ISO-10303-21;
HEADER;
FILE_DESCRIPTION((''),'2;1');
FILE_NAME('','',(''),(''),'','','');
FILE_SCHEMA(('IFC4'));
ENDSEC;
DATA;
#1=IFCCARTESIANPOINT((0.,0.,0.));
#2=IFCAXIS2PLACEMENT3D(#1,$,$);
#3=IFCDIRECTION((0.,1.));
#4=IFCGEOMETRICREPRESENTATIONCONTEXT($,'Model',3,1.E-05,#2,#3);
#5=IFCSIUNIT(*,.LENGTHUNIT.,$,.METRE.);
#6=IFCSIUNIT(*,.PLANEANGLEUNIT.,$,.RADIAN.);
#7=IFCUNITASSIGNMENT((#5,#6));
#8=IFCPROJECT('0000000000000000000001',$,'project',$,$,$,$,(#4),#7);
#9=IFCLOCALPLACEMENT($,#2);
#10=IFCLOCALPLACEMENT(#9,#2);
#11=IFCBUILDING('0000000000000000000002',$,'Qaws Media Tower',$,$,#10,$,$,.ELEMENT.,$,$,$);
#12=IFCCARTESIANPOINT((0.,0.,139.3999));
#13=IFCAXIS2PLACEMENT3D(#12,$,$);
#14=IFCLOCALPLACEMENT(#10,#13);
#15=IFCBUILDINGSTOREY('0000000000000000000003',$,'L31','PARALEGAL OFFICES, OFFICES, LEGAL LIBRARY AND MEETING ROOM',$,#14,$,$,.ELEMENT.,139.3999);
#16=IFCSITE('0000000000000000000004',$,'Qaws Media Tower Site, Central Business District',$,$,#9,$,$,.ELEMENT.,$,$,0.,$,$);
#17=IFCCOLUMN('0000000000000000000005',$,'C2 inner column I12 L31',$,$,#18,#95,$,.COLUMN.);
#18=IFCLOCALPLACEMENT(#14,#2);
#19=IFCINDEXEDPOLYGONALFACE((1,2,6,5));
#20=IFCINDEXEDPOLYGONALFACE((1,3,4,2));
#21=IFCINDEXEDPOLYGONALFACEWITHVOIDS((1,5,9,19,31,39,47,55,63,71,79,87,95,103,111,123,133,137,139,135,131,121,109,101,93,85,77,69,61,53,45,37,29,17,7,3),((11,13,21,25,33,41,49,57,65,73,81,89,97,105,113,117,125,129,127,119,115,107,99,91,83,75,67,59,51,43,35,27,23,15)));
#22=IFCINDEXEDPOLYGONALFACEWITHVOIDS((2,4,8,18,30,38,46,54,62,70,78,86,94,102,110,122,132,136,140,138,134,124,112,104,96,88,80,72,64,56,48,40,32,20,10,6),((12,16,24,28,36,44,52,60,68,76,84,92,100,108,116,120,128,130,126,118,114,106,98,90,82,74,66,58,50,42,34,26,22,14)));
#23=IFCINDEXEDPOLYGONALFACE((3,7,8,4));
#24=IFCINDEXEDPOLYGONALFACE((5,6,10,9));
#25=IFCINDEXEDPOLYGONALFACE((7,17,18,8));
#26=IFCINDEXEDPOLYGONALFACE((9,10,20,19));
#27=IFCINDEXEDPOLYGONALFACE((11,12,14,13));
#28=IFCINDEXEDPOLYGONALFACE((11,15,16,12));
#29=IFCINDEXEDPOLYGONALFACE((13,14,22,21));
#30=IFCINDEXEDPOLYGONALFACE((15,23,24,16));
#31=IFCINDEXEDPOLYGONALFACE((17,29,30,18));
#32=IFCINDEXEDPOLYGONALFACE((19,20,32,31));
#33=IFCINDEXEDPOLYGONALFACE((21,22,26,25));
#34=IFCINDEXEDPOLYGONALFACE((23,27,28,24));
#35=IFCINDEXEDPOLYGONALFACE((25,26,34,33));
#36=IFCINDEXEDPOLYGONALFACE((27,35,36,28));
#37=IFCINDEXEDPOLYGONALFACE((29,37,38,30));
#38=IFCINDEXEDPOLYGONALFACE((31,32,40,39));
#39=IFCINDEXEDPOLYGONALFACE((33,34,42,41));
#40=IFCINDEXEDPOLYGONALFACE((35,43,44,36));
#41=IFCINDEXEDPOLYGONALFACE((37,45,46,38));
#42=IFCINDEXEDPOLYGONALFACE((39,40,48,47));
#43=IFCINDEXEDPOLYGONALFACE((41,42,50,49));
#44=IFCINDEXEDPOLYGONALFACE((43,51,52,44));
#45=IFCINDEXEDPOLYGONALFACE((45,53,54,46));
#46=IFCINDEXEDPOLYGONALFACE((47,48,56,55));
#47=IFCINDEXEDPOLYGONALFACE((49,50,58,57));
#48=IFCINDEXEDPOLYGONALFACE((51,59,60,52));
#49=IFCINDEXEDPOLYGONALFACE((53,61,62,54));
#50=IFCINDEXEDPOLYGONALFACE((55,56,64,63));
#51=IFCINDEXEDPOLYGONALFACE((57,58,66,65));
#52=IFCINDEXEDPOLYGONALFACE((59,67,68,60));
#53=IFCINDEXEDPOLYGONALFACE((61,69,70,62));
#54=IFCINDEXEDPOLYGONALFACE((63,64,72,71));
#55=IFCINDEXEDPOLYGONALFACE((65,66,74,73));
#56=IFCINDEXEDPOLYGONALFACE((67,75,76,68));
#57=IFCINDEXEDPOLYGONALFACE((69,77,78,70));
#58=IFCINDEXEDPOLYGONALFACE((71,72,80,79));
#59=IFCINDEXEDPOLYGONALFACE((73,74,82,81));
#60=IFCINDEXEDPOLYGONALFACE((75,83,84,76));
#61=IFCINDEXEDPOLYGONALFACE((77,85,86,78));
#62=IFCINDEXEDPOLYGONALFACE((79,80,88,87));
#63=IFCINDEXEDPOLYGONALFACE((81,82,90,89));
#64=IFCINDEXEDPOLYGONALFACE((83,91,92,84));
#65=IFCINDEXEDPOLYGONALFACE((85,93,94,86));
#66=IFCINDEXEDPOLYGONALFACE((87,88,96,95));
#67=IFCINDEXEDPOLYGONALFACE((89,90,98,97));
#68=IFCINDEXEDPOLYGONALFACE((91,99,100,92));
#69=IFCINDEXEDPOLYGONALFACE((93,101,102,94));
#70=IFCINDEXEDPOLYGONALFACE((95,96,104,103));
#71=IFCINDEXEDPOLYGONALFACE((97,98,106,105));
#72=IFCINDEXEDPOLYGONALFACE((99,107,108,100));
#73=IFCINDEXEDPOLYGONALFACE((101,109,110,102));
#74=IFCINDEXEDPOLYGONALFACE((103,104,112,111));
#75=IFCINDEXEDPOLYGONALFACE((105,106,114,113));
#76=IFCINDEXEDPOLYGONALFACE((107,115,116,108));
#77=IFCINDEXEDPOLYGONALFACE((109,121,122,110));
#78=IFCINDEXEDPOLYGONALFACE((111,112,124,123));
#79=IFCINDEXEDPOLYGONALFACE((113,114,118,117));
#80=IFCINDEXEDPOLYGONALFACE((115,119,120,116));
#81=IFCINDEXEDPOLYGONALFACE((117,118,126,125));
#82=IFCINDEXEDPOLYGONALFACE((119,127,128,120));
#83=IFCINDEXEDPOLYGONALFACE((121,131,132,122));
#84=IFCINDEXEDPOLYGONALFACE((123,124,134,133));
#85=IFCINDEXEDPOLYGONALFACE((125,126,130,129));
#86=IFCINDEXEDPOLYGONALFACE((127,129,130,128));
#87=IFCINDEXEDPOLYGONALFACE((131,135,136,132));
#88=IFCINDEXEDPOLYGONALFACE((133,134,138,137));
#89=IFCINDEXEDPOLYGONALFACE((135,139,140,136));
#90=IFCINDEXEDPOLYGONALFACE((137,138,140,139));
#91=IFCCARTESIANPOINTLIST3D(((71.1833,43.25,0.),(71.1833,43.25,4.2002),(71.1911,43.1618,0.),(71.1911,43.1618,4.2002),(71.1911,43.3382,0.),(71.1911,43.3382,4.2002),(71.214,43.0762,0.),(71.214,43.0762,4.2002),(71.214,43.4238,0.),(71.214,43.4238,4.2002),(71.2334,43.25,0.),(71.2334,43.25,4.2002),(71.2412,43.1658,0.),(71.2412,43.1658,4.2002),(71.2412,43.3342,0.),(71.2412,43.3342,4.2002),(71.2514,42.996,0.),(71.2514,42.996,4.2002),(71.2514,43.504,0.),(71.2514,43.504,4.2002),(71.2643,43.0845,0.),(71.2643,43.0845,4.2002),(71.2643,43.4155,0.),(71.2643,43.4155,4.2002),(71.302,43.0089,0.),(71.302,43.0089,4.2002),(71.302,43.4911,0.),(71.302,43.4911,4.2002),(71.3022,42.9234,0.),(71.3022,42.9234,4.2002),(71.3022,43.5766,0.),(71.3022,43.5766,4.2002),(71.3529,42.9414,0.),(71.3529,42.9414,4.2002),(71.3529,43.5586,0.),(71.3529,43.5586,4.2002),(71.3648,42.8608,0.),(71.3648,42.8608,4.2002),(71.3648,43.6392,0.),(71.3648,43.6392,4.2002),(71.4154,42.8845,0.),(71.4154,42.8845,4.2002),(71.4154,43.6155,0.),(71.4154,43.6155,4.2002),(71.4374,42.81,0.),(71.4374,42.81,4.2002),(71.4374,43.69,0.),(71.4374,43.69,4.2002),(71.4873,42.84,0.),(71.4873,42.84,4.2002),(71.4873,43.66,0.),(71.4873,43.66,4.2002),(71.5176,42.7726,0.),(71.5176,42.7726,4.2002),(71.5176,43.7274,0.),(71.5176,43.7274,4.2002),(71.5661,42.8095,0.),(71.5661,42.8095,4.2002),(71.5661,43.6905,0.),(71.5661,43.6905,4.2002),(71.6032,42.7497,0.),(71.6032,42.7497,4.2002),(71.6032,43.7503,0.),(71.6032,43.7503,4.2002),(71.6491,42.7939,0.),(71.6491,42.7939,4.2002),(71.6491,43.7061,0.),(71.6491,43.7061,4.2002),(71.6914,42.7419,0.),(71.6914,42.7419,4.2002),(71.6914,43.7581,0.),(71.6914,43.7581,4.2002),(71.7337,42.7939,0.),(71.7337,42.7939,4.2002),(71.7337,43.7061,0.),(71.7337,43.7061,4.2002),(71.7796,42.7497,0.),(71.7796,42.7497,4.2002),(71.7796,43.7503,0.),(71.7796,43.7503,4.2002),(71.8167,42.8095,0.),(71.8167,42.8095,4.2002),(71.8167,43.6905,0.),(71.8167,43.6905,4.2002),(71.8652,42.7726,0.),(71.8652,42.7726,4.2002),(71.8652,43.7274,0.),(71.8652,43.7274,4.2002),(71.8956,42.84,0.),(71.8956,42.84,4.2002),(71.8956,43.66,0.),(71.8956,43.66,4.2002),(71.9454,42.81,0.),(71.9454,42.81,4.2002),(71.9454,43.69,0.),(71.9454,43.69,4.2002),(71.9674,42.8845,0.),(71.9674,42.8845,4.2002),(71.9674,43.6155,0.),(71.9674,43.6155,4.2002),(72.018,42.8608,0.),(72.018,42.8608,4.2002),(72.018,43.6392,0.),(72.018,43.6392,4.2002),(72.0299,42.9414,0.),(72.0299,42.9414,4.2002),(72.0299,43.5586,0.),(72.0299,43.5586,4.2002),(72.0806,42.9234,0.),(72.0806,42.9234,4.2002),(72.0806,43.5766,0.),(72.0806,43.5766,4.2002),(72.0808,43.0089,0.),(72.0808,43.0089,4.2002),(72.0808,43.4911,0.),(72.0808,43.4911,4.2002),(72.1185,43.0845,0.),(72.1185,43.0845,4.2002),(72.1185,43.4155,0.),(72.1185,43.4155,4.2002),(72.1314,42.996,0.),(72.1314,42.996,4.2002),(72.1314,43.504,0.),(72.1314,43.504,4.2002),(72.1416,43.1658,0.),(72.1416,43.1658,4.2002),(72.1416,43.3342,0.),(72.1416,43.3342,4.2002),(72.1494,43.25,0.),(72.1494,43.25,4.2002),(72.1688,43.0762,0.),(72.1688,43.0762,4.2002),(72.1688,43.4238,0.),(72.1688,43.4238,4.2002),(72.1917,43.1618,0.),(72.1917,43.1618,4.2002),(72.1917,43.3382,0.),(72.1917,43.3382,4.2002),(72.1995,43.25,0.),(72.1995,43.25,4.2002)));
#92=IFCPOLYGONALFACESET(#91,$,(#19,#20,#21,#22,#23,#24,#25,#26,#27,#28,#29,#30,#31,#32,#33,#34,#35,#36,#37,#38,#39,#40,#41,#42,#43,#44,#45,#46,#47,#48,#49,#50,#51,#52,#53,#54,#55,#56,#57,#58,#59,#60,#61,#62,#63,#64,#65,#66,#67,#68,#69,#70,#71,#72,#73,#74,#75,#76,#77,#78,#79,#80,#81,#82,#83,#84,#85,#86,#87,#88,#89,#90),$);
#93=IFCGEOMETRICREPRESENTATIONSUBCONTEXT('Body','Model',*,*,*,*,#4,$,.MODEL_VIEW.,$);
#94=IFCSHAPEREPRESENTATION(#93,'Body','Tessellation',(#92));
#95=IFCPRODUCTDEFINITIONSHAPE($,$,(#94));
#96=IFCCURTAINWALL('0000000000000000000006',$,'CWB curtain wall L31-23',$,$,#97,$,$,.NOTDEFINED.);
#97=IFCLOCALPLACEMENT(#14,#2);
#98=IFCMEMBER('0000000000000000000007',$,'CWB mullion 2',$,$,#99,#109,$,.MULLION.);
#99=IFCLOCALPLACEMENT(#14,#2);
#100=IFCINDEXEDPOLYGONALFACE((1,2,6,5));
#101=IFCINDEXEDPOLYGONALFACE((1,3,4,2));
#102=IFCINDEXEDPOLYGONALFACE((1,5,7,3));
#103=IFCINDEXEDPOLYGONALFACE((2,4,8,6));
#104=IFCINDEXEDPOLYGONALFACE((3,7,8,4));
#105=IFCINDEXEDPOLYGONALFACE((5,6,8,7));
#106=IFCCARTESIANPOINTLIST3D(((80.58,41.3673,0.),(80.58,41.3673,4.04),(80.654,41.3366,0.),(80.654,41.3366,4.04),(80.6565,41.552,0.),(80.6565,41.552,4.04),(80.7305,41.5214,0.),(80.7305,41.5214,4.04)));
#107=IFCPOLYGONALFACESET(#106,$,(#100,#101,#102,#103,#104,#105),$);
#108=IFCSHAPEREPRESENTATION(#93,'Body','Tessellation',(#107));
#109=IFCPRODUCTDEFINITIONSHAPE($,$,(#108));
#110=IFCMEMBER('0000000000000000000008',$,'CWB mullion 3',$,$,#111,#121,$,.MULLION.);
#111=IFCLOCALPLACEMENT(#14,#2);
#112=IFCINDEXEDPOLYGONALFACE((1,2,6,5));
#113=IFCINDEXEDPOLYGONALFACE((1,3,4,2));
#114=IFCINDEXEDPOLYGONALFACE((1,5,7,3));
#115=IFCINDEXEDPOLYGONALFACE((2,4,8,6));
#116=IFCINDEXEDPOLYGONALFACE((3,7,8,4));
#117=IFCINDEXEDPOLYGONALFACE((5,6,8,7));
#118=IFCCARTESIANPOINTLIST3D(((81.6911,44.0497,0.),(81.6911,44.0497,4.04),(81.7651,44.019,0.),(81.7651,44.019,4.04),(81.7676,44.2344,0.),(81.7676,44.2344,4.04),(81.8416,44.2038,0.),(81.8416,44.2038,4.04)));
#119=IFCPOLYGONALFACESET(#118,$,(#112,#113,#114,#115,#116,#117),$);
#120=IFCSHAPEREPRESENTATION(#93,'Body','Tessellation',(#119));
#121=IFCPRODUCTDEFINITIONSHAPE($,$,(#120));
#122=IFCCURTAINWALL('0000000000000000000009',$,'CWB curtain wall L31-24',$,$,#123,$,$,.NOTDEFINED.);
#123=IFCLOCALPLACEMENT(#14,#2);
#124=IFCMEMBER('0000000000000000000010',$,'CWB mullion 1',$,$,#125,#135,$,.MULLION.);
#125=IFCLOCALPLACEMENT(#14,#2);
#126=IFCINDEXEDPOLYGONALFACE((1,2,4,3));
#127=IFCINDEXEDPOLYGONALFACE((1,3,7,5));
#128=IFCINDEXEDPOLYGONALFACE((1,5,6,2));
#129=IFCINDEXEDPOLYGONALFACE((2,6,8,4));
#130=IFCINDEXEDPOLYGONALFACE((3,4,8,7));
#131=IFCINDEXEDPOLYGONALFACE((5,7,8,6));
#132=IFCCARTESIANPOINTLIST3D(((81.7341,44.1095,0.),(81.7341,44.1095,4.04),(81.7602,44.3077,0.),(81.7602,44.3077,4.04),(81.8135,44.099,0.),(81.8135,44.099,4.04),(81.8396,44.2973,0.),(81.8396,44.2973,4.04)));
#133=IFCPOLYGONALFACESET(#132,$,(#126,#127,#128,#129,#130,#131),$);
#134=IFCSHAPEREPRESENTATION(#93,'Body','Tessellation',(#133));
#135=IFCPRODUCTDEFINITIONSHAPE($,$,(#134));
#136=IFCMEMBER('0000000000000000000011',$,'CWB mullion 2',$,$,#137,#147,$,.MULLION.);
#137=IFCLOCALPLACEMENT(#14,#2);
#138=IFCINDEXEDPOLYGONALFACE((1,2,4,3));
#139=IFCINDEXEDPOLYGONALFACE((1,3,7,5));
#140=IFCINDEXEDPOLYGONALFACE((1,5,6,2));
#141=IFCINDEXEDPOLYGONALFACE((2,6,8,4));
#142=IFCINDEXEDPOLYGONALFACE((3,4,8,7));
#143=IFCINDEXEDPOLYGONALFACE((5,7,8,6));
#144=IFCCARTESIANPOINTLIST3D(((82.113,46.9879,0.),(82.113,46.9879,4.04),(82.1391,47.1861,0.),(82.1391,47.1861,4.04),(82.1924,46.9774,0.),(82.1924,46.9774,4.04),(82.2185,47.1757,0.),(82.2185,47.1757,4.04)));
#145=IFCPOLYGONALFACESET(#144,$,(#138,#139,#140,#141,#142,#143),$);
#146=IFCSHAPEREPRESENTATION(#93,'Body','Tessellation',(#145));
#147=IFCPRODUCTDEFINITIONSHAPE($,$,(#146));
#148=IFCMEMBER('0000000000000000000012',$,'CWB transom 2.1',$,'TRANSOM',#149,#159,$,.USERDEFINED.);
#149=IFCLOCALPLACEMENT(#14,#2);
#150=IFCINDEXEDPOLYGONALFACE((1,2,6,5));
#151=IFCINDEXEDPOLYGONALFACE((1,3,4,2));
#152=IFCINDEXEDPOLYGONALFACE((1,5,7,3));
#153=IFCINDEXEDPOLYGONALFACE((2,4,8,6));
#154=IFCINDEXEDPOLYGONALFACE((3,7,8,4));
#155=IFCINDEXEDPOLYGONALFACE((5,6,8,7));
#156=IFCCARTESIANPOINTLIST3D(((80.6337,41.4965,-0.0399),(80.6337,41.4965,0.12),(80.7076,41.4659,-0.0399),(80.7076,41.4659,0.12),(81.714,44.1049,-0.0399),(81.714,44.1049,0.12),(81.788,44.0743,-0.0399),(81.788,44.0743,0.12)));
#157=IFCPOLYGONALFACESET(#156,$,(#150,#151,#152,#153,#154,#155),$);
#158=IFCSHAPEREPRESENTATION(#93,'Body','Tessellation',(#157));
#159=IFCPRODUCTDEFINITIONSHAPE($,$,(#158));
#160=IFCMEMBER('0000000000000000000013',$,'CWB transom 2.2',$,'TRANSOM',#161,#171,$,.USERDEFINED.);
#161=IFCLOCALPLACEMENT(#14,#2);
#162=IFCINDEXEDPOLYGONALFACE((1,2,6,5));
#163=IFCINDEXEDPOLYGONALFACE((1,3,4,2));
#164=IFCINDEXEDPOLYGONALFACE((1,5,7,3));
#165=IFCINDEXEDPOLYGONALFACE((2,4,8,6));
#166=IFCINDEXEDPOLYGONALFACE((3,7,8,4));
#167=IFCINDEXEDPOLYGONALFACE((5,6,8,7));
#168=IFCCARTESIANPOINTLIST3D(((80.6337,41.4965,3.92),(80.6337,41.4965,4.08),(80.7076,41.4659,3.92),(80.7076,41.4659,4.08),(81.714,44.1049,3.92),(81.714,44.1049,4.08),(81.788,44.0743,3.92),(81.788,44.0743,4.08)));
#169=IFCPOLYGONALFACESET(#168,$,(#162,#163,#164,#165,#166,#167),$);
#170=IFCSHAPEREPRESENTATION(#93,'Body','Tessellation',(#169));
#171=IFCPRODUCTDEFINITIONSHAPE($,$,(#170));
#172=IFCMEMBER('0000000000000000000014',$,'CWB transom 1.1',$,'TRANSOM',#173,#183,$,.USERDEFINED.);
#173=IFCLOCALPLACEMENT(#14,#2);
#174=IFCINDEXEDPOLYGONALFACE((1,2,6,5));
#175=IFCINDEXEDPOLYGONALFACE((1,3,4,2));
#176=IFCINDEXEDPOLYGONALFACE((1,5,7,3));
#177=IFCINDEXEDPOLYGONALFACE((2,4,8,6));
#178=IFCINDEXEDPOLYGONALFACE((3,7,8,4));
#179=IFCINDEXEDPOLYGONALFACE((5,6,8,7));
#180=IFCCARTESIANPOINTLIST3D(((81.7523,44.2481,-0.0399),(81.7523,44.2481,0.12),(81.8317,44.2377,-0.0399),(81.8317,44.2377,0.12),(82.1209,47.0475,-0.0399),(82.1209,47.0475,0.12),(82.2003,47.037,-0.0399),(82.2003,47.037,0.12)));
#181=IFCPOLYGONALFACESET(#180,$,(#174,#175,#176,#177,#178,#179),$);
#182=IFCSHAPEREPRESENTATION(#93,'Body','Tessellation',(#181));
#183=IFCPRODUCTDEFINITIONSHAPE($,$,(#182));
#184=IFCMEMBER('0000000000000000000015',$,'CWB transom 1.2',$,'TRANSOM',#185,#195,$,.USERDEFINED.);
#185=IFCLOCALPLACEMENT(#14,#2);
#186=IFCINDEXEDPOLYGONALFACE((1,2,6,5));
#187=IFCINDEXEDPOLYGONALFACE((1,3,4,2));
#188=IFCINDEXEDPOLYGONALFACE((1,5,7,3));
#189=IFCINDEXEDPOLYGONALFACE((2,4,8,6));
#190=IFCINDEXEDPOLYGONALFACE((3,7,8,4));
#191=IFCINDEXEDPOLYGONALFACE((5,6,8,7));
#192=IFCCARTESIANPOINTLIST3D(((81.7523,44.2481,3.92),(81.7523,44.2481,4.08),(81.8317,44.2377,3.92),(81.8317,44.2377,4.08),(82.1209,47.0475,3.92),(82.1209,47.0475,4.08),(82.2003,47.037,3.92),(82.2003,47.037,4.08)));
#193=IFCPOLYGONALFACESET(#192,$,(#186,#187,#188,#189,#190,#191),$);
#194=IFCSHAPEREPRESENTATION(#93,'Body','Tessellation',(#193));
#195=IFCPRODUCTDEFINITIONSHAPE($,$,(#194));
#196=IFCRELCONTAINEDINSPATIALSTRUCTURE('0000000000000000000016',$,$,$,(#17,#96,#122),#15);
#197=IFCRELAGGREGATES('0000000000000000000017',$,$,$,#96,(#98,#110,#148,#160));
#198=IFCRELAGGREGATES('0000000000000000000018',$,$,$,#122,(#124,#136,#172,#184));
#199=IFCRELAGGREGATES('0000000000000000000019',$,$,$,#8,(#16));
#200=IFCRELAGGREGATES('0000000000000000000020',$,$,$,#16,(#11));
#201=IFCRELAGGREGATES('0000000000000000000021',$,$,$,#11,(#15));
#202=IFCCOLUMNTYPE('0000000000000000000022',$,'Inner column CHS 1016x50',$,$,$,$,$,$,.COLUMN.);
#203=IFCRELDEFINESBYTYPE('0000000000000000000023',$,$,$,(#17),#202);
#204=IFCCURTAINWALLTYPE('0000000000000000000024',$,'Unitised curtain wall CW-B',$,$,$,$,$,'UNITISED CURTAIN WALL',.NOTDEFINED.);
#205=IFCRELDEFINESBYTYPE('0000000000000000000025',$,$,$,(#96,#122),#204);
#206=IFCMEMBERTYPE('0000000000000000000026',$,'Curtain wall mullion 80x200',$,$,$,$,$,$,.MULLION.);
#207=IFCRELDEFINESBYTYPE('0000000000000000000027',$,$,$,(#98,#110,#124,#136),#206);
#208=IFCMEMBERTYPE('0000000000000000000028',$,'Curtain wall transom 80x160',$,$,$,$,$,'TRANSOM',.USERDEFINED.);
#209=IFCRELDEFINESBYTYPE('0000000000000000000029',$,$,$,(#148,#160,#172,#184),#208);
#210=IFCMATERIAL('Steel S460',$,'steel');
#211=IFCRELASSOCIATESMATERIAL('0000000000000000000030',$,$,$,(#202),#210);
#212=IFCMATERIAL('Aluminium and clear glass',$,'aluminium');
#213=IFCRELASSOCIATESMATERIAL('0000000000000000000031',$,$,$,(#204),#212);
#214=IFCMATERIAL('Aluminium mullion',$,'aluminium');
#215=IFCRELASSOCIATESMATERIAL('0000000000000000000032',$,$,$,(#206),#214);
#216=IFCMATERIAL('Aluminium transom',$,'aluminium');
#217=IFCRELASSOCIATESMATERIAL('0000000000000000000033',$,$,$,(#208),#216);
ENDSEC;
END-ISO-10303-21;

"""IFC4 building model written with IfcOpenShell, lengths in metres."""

from ifc_helpers import new_model, si_unit, direction, frame, origin, origin_2d, place, context, subcontext, project, spatial, rectangle, hollow_circle, extrude, material, material_profile, profile_set, type_object, element, aggregate, save


model = new_model("IFC4")

# Units and contexts
model_context = context("Model", 3, precision=1e-05, world=origin(), true_north=direction((0.0, 1.0)))
body_context = subcontext(model_context, "Body", "Model", "MODEL_VIEW")
ifc_project = project(units=[si_unit("LENGTHUNIT", "METRE"), si_unit("PLANEANGLEUNIT", "RADIAN")], contexts=[model_context])

# Site, building, storey
site_placement = place(None, origin())
site = spatial("IfcSite", under=ifc_project, at=site_placement, Name="Qaws Media Tower Site, Central Business District", CompositionType="ELEMENT", RefElevation=0.0)
building_placement = place(site_placement, origin())
building = spatial("IfcBuilding", under=site, at=building_placement, Name="Qaws Media Tower", CompositionType="ELEMENT")
storey_placement = place(building_placement, frame((0.0, 0.0, 139.3999)))
storey = spatial("IfcBuildingStorey", under=building, at=storey_placement, Name="L31", Description="PARALEGAL OFFICES, OFFICES, LEGAL LIBRARY AND MEETING ROOM", CompositionType="ELEMENT", Elevation=139.3999)

# Column
ifc_material_1 = material(Name="Steel S460", Category="steel")
ifc_material_profile_1 = material_profile(ifc_material_1, hollow_circle(Radius=0.5081, WallThickness=0.05, at=origin_2d()), Name="CHS 1016x50")
ifc_profile_set_1 = profile_set([ifc_material_profile_1], Name="Steel S460")
column_type = type_object("IfcColumnType", Name="Inner column CHS 1016x50", PredefinedType="COLUMN", material=ifc_profile_set_1)
column_placement = place(storey_placement, frame((71.6914, 43.25, 0.0), z_axis=(0.0, 0.0, 1.0), x_axis=(1.0, 0.0, 0.0)))
element("IfcColumn", 1, at=column_placement, inside=storey, type_object=column_type, Name="C2 inner column I12 L31", PredefinedType="COLUMN", context=body_context, shape_type="SweptSolid", body=[
    extrude(hollow_circle(Radius=0.5081, WallThickness=0.05, at=origin_2d()), origin(), (0.0, 0.0, 1.0), 4.2002),
])

# Curtain walls, members
ifc_material_2 = material(Name="Aluminium and clear glass", Category="aluminium")
curtain_wall_type = type_object("IfcCurtainWallType", Name="Unitised curtain wall CW-B", ElementType="UNITISED CURTAIN WALL", PredefinedType="NOTDEFINED", material=ifc_material_2)
curtain_wall_1_placement = place(storey_placement, origin())
curtain_wall_1 = element("IfcCurtainWall", 2, at=curtain_wall_1_placement, inside=storey, type_object=curtain_wall_type, Name="CWB curtain wall L31-23", PredefinedType="NOTDEFINED")
ifc_material_3 = material(Name="Aluminium mullion", Category="aluminium")
ifc_material_profile_2 = material_profile(ifc_material_3, rectangle(XDim=0.0801, YDim=0.2, at=origin_2d()), Name="80x200")
ifc_profile_set_2 = profile_set([ifc_material_profile_2], Name="Aluminium mullion")
member_type_1 = type_object("IfcMemberType", Name="Curtain wall mullion 80x200", PredefinedType="MULLION", material=ifc_profile_set_2)
member_1_placement = place(storey_placement, frame((80.6553, 41.4443, 0.0), z_axis=(0.0, 0.0, 1.0), x_axis=(-0.92388, 0.382683, 0.0)))
member_1 = element("IfcMember", 3, at=member_1_placement, type_object=member_type_1, Name="CWB mullion 2", PredefinedType="MULLION", context=body_context, shape_type="SweptSolid", body=[
    extrude(rectangle(XDim=0.0801, YDim=0.2, at=origin_2d()), origin(), (0.0, 0.0, 1.0), 4.04),
])
member_2_placement = place(storey_placement, frame((81.7664, 44.1267, 0.0), z_axis=(0.0, 0.0, 1.0), x_axis=(-0.92388, 0.382683, 0.0)))
member_2 = element("IfcMember", 4, at=member_2_placement, type_object=member_type_1, Name="CWB mullion 3", PredefinedType="MULLION", context=body_context, shape_type="SweptSolid", body=[
    extrude(rectangle(XDim=0.0801, YDim=0.2, at=origin_2d()), origin(), (0.0, 0.0, 1.0), 4.04),
])
curtain_wall_2_placement = place(storey_placement, origin())
curtain_wall_2 = element("IfcCurtainWall", 5, at=curtain_wall_2_placement, inside=storey, type_object=curtain_wall_type, Name="CWB curtain wall L31-24", PredefinedType="NOTDEFINED")
member_3_placement = place(storey_placement, frame((81.7869, 44.2034, 0.0), z_axis=(0.0, 0.0, 1.0), x_axis=(-0.991445, 0.130526, 0.0)))
member_3 = element("IfcMember", 6, at=member_3_placement, type_object=member_type_1, Name="CWB mullion 1", PredefinedType="MULLION", context=body_context, shape_type="SweptSolid", body=[
    extrude(rectangle(XDim=0.0801, YDim=0.2, at=origin_2d()), origin(), (0.0, 0.0, 1.0), 4.04),
])
member_4_placement = place(storey_placement, frame((82.1658, 47.0818, 0.0), z_axis=(0.0, 0.0, 1.0), x_axis=(-0.991445, 0.130526, 0.0)))
member_4 = element("IfcMember", 7, at=member_4_placement, type_object=member_type_1, Name="CWB mullion 2", PredefinedType="MULLION", context=body_context, shape_type="SweptSolid", body=[
    extrude(rectangle(XDim=0.0801, YDim=0.2, at=origin_2d()), origin(), (0.0, 0.0, 1.0), 4.04),
])

# Members
ifc_material_4 = material(Name="Aluminium transom", Category="aluminium")
ifc_material_profile_3 = material_profile(ifc_material_4, rectangle(XDim=0.0801, YDim=0.1599, at=origin_2d()), Name="80x160")
ifc_profile_set_3 = profile_set([ifc_material_profile_3], Name="Aluminium transom")
member_type_2 = type_object("IfcMemberType", Name="Curtain wall transom 80x160", ElementType="TRANSOM", PredefinedType="USERDEFINED", material=ifc_profile_set_3)
member_5_placement = place(storey_placement, frame((80.6707, 41.4812, 0.04), z_axis=(0.38265, 0.923894, 0.0), x_axis=(-0.923894, 0.38265, 0.0)))
member_5 = element("IfcMember", 8, at=member_5_placement, type_object=member_type_2, Name="CWB transom 2.1", ObjectType="TRANSOM", PredefinedType="USERDEFINED", context=body_context, shape_type="SweptSolid", body=[
    extrude(rectangle(XDim=0.0801, YDim=0.1599, at=origin_2d()), origin(), (0.0, 0.0, 1.0), 2.8232),
])
member_6_placement = place(storey_placement, frame((80.6707, 41.4812, 4.0), z_axis=(0.38265, 0.923894, 0.0), x_axis=(-0.923894, 0.38265, 0.0)))
member_6 = element("IfcMember", 9, at=member_6_placement, type_object=member_type_2, Name="CWB transom 2.2", ObjectType="TRANSOM", PredefinedType="USERDEFINED", context=body_context, shape_type="SweptSolid", body=[
    extrude(rectangle(XDim=0.0801, YDim=0.1599, at=origin_2d()), origin(), (0.0, 0.0, 1.0), 2.8232),
])
member_7_placement = place(storey_placement, frame((81.792, 44.2429, 0.04), z_axis=(0.130566, 0.99144, 0.0), x_axis=(-0.99144, 0.130566, 0.0)))
member_7 = element("IfcMember", 10, at=member_7_placement, type_object=member_type_2, Name="CWB transom 1.1", ObjectType="TRANSOM", PredefinedType="USERDEFINED", context=body_context, shape_type="SweptSolid", body=[
    extrude(rectangle(XDim=0.0801, YDim=0.1599, at=origin_2d()), origin(), (0.0, 0.0, 1.0), 2.8235),
])
member_8_placement = place(storey_placement, frame((81.792, 44.2429, 4.0), z_axis=(0.130566, 0.99144, 0.0), x_axis=(-0.99144, 0.130566, 0.0)))
member_8 = element("IfcMember", 11, at=member_8_placement, type_object=member_type_2, Name="CWB transom 1.2", ObjectType="TRANSOM", PredefinedType="USERDEFINED", context=body_context, shape_type="SweptSolid", body=[
    extrude(rectangle(XDim=0.0801, YDim=0.1599, at=origin_2d()), origin(), (0.0, 0.0, 1.0), 2.8235),
])

aggregate(curtain_wall_1, [member_1, member_2, member_5, member_6])
aggregate(curtain_wall_2, [member_3, member_4, member_7, member_8])

save(model, "model.ifc")
